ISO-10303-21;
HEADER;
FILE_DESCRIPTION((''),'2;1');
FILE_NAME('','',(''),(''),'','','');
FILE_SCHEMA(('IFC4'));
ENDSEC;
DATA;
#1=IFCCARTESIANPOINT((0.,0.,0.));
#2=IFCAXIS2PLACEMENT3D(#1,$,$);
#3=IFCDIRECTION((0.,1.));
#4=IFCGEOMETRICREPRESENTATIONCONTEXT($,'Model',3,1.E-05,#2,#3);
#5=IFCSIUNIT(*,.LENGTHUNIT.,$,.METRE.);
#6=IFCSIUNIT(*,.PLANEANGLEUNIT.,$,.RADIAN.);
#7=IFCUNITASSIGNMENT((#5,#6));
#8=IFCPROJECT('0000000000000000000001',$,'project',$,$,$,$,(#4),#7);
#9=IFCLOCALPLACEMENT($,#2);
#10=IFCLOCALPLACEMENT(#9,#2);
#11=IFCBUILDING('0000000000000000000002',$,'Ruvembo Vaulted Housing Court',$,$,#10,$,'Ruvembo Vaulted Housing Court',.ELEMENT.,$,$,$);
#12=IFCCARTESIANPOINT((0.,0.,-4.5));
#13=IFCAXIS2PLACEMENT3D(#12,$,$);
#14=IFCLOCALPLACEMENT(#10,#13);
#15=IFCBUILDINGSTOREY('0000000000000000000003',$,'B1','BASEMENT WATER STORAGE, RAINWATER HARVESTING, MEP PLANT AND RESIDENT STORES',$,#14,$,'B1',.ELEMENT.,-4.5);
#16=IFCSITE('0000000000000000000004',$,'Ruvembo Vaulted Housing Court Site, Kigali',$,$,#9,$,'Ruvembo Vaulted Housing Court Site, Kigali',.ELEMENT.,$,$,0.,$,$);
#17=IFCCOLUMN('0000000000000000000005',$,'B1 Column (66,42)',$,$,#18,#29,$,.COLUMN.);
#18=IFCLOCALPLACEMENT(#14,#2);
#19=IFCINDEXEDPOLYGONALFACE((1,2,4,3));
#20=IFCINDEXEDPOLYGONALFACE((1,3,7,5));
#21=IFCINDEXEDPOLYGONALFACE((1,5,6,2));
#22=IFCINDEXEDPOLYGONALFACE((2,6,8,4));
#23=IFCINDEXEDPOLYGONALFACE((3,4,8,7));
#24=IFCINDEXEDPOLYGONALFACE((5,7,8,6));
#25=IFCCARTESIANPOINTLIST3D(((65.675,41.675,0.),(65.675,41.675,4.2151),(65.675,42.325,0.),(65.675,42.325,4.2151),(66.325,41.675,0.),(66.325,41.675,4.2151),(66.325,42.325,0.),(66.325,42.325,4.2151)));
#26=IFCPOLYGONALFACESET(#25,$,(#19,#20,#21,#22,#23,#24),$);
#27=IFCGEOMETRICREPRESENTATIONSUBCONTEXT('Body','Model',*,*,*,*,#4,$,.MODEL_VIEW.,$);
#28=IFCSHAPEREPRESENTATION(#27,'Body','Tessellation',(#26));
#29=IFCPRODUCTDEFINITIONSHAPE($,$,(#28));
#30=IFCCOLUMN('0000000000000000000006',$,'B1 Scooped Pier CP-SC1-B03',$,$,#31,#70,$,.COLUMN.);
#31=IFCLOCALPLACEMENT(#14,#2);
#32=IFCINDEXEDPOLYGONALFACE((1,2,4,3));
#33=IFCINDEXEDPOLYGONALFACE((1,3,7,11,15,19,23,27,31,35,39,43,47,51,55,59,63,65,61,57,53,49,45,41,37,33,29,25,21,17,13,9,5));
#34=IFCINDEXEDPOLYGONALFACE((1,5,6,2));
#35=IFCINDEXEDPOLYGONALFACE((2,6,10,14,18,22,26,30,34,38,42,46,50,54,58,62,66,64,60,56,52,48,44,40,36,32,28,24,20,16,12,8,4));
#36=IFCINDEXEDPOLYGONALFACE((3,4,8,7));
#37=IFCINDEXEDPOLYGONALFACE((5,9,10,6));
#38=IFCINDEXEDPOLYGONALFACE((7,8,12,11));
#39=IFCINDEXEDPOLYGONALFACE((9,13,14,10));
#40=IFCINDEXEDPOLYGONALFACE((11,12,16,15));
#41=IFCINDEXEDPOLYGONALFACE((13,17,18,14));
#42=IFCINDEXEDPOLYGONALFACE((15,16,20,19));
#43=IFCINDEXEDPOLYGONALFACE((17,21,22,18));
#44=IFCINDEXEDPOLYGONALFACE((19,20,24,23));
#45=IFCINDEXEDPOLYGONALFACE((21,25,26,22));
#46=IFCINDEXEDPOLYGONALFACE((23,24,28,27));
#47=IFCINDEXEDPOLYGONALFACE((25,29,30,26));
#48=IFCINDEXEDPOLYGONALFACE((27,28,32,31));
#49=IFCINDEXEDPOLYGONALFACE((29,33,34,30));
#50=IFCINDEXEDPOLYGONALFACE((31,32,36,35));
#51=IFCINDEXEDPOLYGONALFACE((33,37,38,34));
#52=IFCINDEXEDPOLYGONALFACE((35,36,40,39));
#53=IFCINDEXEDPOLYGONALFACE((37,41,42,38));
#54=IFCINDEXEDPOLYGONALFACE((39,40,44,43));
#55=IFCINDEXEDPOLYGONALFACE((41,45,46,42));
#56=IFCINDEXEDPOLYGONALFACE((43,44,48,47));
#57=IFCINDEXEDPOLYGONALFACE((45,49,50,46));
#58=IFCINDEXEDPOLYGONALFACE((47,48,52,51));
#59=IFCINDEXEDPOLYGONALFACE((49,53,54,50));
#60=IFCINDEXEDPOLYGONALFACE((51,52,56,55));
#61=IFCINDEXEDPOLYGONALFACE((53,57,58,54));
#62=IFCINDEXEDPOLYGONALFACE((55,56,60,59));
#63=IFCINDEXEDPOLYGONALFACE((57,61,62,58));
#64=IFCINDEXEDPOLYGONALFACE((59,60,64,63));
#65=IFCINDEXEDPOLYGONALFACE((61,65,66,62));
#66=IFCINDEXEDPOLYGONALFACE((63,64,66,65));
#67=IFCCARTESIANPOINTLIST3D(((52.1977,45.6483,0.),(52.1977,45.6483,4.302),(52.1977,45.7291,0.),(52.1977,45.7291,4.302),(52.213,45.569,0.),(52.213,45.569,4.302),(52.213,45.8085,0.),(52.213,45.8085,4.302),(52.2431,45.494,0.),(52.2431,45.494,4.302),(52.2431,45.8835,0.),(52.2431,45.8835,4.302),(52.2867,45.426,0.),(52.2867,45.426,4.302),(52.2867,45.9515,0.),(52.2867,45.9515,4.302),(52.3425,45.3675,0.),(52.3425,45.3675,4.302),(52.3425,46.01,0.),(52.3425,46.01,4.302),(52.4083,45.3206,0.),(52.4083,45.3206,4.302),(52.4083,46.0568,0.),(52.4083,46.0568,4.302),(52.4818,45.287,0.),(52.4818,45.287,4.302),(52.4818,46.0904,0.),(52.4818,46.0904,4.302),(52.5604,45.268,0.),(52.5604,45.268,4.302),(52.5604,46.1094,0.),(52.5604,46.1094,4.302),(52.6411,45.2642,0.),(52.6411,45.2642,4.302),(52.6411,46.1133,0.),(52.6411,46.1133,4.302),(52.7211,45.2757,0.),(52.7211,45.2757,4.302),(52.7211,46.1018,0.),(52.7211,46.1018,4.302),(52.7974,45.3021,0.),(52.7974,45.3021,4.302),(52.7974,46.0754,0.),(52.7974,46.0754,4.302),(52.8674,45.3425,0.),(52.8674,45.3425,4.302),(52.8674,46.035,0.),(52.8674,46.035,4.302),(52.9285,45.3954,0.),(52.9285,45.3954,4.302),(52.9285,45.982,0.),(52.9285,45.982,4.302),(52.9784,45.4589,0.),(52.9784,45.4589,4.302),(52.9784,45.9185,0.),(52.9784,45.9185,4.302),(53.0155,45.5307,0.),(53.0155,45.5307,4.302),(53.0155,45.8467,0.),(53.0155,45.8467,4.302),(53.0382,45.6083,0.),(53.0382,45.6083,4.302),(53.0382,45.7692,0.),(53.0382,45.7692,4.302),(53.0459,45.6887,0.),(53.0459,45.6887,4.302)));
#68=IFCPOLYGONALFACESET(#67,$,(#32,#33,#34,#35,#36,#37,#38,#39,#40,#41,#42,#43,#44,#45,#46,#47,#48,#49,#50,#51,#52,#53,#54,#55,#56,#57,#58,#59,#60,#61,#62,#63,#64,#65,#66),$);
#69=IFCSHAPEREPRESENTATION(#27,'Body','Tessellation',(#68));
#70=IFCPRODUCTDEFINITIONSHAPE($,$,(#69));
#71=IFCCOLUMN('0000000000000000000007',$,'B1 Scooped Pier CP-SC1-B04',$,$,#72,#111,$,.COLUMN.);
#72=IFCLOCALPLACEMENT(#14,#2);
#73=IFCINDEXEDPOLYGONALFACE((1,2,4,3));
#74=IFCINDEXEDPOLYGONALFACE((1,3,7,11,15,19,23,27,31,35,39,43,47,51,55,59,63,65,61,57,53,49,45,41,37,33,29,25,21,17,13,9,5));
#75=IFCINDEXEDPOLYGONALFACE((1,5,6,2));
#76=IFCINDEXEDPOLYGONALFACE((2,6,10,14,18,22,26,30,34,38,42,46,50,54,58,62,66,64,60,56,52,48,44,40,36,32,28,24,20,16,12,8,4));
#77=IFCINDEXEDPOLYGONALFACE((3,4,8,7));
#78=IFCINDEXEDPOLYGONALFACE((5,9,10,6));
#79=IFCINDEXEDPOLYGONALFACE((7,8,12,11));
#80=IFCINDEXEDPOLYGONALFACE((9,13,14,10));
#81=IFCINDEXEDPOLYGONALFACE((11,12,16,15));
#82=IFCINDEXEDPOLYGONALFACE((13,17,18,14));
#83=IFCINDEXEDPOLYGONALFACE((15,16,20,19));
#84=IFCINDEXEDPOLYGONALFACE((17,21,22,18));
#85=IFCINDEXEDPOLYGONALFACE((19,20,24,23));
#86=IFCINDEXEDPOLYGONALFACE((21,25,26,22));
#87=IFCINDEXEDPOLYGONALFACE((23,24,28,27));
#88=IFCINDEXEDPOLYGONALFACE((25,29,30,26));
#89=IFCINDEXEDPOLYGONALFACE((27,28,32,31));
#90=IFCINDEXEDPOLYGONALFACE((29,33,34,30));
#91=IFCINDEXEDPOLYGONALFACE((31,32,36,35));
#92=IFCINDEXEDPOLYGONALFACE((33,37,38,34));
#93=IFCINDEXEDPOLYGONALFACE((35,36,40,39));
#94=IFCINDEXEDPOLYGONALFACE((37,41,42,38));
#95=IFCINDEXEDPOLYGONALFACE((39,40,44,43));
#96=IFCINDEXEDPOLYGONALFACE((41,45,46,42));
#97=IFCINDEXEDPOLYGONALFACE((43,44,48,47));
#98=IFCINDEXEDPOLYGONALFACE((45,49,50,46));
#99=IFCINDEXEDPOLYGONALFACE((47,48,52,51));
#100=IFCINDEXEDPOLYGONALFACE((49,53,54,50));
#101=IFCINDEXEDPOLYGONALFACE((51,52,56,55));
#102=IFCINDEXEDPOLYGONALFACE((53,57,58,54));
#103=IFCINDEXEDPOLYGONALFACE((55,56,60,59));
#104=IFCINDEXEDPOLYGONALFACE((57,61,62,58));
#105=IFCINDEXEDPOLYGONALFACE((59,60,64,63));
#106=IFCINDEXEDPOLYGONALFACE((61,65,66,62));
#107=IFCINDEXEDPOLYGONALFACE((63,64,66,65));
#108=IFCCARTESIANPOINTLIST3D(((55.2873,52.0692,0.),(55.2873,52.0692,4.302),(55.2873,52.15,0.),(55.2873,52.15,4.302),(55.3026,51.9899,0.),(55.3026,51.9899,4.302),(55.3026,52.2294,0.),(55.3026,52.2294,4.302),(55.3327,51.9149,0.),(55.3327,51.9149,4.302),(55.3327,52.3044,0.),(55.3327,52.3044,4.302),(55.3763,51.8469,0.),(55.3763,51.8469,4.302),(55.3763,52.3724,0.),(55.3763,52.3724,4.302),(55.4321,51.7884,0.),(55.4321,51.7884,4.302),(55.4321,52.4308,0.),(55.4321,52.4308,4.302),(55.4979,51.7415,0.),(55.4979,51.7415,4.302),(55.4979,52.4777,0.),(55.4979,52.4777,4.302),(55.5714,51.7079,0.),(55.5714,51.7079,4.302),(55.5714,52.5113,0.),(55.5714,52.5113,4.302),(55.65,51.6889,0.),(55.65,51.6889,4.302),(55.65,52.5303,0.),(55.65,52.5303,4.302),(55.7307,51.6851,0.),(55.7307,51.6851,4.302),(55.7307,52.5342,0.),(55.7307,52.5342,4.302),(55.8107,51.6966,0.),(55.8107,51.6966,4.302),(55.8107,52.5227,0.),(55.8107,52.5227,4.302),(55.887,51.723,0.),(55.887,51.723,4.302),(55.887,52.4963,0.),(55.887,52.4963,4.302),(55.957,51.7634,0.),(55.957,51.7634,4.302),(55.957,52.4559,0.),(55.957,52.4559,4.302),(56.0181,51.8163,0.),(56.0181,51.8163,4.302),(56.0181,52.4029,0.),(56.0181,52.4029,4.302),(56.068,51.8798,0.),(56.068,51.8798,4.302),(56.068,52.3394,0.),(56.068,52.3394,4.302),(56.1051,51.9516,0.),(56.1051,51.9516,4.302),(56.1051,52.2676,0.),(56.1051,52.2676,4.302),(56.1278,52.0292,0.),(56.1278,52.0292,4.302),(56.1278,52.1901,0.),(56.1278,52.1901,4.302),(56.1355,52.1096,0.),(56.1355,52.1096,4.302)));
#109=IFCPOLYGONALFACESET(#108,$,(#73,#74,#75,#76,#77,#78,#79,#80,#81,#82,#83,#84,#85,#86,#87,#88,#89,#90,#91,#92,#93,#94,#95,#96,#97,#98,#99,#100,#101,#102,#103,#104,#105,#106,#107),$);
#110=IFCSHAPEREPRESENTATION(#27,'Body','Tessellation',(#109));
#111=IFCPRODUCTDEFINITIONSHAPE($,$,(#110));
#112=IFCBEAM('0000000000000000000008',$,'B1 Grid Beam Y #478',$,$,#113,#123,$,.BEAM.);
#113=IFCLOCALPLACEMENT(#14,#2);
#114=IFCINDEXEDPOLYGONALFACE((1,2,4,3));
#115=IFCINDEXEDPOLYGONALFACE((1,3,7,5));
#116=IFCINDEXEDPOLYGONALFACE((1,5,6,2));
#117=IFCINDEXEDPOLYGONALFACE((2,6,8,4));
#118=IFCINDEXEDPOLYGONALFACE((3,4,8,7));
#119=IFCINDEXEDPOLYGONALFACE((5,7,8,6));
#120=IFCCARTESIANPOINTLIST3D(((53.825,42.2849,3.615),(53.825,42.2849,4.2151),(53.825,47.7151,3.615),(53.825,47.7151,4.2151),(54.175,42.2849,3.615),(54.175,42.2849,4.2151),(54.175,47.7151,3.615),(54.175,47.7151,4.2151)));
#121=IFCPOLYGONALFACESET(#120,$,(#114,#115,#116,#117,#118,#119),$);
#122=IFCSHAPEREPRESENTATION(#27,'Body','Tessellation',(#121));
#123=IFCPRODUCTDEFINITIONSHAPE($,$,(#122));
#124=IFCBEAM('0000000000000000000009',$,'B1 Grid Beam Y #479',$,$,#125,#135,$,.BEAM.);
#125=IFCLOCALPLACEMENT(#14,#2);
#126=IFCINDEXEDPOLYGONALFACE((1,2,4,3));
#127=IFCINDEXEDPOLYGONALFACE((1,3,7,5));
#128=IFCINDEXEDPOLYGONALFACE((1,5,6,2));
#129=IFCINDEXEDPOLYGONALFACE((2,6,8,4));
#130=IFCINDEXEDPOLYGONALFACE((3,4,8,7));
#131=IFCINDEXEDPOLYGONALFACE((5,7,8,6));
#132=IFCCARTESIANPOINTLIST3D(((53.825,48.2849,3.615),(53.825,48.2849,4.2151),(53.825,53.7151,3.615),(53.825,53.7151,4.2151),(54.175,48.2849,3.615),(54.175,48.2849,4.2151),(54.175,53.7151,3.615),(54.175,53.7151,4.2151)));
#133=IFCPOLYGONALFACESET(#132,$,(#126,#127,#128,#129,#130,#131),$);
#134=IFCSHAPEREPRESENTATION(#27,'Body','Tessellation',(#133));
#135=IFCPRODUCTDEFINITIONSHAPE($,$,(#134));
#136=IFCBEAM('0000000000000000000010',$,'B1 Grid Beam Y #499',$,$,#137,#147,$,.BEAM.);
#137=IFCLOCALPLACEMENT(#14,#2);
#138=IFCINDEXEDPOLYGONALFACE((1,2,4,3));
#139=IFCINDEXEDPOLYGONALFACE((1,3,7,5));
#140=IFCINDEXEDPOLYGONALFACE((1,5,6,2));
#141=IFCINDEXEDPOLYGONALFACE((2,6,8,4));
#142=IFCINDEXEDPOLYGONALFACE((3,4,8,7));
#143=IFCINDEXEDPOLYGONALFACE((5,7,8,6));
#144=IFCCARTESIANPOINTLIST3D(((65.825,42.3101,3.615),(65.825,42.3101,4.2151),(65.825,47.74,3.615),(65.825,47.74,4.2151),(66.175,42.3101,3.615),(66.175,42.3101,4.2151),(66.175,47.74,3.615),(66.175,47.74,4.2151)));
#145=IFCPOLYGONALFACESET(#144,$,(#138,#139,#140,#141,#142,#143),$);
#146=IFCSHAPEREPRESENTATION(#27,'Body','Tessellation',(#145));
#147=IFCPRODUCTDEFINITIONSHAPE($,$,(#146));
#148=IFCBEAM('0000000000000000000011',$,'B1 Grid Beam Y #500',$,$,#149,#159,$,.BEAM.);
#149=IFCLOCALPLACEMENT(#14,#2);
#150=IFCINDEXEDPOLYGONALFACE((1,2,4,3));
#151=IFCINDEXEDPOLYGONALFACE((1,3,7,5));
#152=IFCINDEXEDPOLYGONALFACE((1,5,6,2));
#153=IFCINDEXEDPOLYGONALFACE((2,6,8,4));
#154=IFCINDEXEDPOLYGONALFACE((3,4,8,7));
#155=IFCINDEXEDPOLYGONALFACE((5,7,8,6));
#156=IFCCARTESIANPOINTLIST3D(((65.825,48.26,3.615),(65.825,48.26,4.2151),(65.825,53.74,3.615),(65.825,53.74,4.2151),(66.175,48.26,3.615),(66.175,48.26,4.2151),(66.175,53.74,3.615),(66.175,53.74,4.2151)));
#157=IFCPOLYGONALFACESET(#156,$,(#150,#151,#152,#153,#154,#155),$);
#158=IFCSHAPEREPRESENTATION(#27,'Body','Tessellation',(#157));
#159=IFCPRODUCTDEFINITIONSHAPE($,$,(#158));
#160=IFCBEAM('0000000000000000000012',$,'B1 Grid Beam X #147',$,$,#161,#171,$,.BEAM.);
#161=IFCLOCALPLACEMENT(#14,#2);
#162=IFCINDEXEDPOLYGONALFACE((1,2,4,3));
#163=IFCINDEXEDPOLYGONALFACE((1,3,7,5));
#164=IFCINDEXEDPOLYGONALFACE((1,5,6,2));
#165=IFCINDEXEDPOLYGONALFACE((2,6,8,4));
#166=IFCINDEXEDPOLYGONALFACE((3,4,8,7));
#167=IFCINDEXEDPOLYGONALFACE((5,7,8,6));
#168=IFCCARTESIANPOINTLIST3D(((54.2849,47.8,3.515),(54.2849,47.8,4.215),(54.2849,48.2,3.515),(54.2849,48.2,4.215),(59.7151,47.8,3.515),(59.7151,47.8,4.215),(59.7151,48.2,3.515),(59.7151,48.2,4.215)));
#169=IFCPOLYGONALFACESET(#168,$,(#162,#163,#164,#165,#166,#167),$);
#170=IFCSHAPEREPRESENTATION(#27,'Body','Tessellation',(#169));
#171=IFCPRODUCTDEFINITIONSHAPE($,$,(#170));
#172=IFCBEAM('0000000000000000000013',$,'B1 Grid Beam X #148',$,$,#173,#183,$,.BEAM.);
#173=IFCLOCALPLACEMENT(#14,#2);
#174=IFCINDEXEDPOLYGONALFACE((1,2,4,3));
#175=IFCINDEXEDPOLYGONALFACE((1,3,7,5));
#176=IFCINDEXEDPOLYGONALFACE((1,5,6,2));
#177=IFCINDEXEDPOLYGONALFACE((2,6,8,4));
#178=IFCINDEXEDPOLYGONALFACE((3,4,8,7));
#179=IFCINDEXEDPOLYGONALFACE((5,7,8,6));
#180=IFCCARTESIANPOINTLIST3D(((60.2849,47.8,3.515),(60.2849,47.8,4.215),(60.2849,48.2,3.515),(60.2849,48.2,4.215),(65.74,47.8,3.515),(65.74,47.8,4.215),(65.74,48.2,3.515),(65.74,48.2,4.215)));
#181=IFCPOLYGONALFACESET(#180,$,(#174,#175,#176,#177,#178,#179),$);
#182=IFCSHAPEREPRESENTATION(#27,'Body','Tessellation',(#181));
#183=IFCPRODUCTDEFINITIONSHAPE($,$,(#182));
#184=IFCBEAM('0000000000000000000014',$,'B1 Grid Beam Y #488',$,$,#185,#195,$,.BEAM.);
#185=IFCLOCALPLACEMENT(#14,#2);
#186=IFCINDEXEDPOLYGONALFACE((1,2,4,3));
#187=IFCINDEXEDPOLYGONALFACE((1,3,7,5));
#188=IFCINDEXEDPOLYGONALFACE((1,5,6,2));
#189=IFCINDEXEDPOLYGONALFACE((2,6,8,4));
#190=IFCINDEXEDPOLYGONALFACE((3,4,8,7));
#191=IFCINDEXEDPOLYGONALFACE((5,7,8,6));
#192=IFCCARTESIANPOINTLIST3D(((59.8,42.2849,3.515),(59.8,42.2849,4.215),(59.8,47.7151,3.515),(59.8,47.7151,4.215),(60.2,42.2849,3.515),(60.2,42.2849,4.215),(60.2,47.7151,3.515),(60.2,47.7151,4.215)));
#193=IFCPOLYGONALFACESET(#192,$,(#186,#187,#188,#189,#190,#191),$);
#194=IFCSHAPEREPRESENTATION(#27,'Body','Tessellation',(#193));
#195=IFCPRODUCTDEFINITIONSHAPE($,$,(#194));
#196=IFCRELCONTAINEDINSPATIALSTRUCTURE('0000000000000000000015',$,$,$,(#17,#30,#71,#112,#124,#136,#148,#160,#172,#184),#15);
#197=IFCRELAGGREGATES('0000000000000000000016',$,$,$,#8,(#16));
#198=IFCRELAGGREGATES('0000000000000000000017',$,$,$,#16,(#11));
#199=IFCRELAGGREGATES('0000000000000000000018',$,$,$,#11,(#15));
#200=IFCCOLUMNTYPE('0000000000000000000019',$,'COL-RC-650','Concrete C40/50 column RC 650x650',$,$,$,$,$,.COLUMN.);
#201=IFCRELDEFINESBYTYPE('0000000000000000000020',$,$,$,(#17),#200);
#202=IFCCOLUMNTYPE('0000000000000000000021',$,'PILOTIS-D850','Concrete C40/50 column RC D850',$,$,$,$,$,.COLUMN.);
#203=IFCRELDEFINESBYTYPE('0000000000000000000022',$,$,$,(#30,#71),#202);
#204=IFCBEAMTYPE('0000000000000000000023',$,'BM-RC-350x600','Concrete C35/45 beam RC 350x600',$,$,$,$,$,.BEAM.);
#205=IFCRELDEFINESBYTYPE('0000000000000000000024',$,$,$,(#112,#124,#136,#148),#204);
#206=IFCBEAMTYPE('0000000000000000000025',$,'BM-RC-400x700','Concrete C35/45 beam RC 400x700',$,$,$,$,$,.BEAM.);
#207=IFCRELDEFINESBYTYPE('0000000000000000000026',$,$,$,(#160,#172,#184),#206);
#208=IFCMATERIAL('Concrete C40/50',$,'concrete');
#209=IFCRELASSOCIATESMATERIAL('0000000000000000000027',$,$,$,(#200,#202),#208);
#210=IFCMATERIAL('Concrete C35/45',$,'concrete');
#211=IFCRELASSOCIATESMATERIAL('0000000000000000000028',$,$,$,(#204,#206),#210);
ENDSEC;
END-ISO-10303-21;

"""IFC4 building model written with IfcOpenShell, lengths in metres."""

from ifc_helpers import new_model, si_unit, direction, frame, origin, origin_2d, place, context, subcontext, project, spatial, rectangle, circle, extrude, material, material_profile, profile_set, type_object, element, save


model = new_model("IFC4")

# Units and contexts
model_context = context("Model", 3, precision=1e-05, world=origin(), true_north=direction((0.0, 1.0)))
body_context = subcontext(model_context, "Body", "Model", "MODEL_VIEW")
ifc_project = project(units=[si_unit("LENGTHUNIT", "METRE"), si_unit("PLANEANGLEUNIT", "RADIAN")], contexts=[model_context])

# Site, building, storey
site_placement = place(None, origin())
site = spatial("IfcSite", under=ifc_project, at=site_placement, Name="Ruvembo Vaulted Housing Court Site, Kigali", LongName="Ruvembo Vaulted Housing Court Site, Kigali", CompositionType="ELEMENT", RefElevation=0.0)
building_placement = place(site_placement, origin())
building = spatial("IfcBuilding", under=site, at=building_placement, Name="Ruvembo Vaulted Housing Court", LongName="Ruvembo Vaulted Housing Court", CompositionType="ELEMENT")
storey_placement = place(building_placement, frame((0.0, 0.0, -4.5)))
storey = spatial("IfcBuildingStorey", under=building, at=storey_placement, Name="B1", Description="BASEMENT WATER STORAGE, RAINWATER HARVESTING, MEP PLANT AND RESIDENT STORES", LongName="B1", CompositionType="ELEMENT", Elevation=-4.5)

# Shared definitions
ifc_material_1 = material(Name="Concrete C35/45", Category="concrete")

# Columns
ifc_material_2 = material(Name="Concrete C40/50", Category="concrete")
ifc_material_profile_1 = material_profile(ifc_material_2, rectangle(XDim=0.6499, YDim=0.6499, at=origin_2d()), Name="RC 650x650")
ifc_profile_set_1 = profile_set([ifc_material_profile_1], Name="Concrete C40/50")
column_type_1 = type_object("IfcColumnType", Name="COL-RC-650", Description="Concrete C40/50 column RC 650x650", PredefinedType="COLUMN", material=ifc_profile_set_1)
column_1_placement = place(storey_placement, frame((66.0, 42.0, 0.0), z_axis=(0.0, 0.0, 1.0), x_axis=(1.0, 0.0, 0.0)))
element("IfcColumn", 1, at=column_1_placement, inside=storey, type_object=column_type_1, Name="B1 Column (66,42)", PredefinedType="COLUMN", context=body_context, shape_type="SweptSolid", body=[
    extrude(rectangle(XDim=0.6499, YDim=0.6499, at=origin_2d()), origin(), (0.0, 0.0, 1.0), 4.2151),
])
ifc_material_profile_2 = material_profile(ifc_material_2, circle(Radius=0.425, at=origin_2d()), Name="RC D850")
ifc_profile_set_2 = profile_set([ifc_material_profile_2], Name="Concrete C40/50")
column_type_2 = type_object("IfcColumnType", Name="PILOTIS-D850", Description="Concrete C40/50 column RC D850", PredefinedType="COLUMN", material=ifc_profile_set_2)
for number, where, z_axis, x_axis, name in (
    (2, (52.6208, 45.6887, 0.0), (0.0, 0.0, 1.0), (1.0, 0.0, 0.0), "B1 Scooped Pier CP-SC1-B03"),
    (3, (55.7104, 52.1096, 0.0), (0.0, 0.0, 1.0), (1.0, 0.0, 0.0), "B1 Scooped Pier CP-SC1-B04"),
):
    element("IfcColumn", number, at=place(storey_placement, frame(where, z_axis=z_axis, x_axis=x_axis)), inside=storey, type_object=column_type_2, Name=name, PredefinedType="COLUMN", context=body_context, shape_type="SweptSolid", body=[
        extrude(circle(Radius=0.425, at=origin_2d()), origin(), (0.0, 0.0, 1.0), 4.302),
    ])

# Beams
ifc_material_profile_3 = material_profile(ifc_material_1, rectangle(XDim=0.3501, YDim=0.6001, at=origin_2d()), Name="RC 350x600")
ifc_profile_set_3 = profile_set([ifc_material_profile_3], Name="Concrete C35/45")
beam_type_1 = type_object("IfcBeamType", Name="BM-RC-350x600", Description="Concrete C35/45 beam RC 350x600", PredefinedType="BEAM", material=ifc_profile_set_3)
for number, where, z_axis, x_axis, name in (
    (4, (54.0, 42.2849, 3.915), (0.0, 1.0, 0.0), (-1.0, 0.0, 0.0), "B1 Grid Beam Y #478"),
    (5, (54.0, 48.2849, 3.915), (0.0, 1.0, 0.0), (-1.0, 0.0, 0.0), "B1 Grid Beam Y #479"),
):
    element("IfcBeam", number, at=place(storey_placement, frame(where, z_axis=z_axis, x_axis=x_axis)), inside=storey, type_object=beam_type_1, Name=name, PredefinedType="BEAM", context=body_context, shape_type="SweptSolid", body=[
        extrude(rectangle(XDim=0.3501, YDim=0.6001, at=origin_2d()), origin(), (0.0, 0.0, 1.0), 5.4302),
    ])
beam_1_placement = place(storey_placement, frame((66.0, 42.3101, 3.915), z_axis=(0.0, 1.0, 0.0), x_axis=(-1.0, 0.0, 0.0)))
element("IfcBeam", 6, at=beam_1_placement, inside=storey, type_object=beam_type_1, Name="B1 Grid Beam Y #499", PredefinedType="BEAM", context=body_context, shape_type="SweptSolid", body=[
    extrude(rectangle(XDim=0.3501, YDim=0.6001, at=origin_2d()), origin(), (0.0, 0.0, 1.0), 5.4299),
])
beam_2_placement = place(storey_placement, frame((66.0, 48.26, 3.915), z_axis=(0.0, 1.0, 0.0), x_axis=(-1.0, 0.0, 0.0)))
element("IfcBeam", 7, at=beam_2_placement, inside=storey, type_object=beam_type_1, Name="B1 Grid Beam Y #500", PredefinedType="BEAM", context=body_context, shape_type="SweptSolid", body=[
    extrude(rectangle(XDim=0.3501, YDim=0.6001, at=origin_2d()), origin(), (0.0, 0.0, 1.0), 5.48),
])
ifc_material_profile_4 = material_profile(ifc_material_1, rectangle(XDim=0.3999, YDim=0.7, at=origin_2d()), Name="RC 400x700")
ifc_profile_set_4 = profile_set([ifc_material_profile_4], Name="Concrete C35/45")
beam_type_2 = type_object("IfcBeamType", Name="BM-RC-400x700", Description="Concrete C35/45 beam RC 400x700", PredefinedType="BEAM", material=ifc_profile_set_4)
beam_3_placement = place(storey_placement, frame((54.2849, 48.0, 3.865), z_axis=(1.0, 0.0, 0.0), x_axis=(0.0, 1.0, 0.0)))
element("IfcBeam", 8, at=beam_3_placement, inside=storey, type_object=beam_type_2, Name="B1 Grid Beam X #147", PredefinedType="BEAM", context=body_context, shape_type="SweptSolid", body=[
    extrude(rectangle(XDim=0.3999, YDim=0.7, at=origin_2d()), origin(), (0.0, 0.0, 1.0), 5.4302),
])
beam_4_placement = place(storey_placement, frame((60.2849, 48.0, 3.865), z_axis=(1.0, 0.0, 0.0), x_axis=(0.0, 1.0, 0.0)))
element("IfcBeam", 9, at=beam_4_placement, inside=storey, type_object=beam_type_2, Name="B1 Grid Beam X #148", PredefinedType="BEAM", context=body_context, shape_type="SweptSolid", body=[
    extrude(rectangle(XDim=0.3999, YDim=0.7, at=origin_2d()), origin(), (0.0, 0.0, 1.0), 5.4551),
])
for number, where, z_axis, x_axis, name in (
    (10, (60.0, 42.2849, 3.865), (0.0, 1.0, 0.0), (-1.0, 0.0, 0.0), "B1 Grid Beam Y #488"),
):
    element("IfcBeam", number, at=place(storey_placement, frame(where, z_axis=z_axis, x_axis=x_axis)), inside=storey, type_object=beam_type_2, Name=name, PredefinedType="BEAM", context=body_context, shape_type="SweptSolid", body=[
        extrude(rectangle(XDim=0.3999, YDim=0.7, at=origin_2d()), origin(), (0.0, 0.0, 1.0), 5.4302),
    ])

save(model, "model.ifc")
